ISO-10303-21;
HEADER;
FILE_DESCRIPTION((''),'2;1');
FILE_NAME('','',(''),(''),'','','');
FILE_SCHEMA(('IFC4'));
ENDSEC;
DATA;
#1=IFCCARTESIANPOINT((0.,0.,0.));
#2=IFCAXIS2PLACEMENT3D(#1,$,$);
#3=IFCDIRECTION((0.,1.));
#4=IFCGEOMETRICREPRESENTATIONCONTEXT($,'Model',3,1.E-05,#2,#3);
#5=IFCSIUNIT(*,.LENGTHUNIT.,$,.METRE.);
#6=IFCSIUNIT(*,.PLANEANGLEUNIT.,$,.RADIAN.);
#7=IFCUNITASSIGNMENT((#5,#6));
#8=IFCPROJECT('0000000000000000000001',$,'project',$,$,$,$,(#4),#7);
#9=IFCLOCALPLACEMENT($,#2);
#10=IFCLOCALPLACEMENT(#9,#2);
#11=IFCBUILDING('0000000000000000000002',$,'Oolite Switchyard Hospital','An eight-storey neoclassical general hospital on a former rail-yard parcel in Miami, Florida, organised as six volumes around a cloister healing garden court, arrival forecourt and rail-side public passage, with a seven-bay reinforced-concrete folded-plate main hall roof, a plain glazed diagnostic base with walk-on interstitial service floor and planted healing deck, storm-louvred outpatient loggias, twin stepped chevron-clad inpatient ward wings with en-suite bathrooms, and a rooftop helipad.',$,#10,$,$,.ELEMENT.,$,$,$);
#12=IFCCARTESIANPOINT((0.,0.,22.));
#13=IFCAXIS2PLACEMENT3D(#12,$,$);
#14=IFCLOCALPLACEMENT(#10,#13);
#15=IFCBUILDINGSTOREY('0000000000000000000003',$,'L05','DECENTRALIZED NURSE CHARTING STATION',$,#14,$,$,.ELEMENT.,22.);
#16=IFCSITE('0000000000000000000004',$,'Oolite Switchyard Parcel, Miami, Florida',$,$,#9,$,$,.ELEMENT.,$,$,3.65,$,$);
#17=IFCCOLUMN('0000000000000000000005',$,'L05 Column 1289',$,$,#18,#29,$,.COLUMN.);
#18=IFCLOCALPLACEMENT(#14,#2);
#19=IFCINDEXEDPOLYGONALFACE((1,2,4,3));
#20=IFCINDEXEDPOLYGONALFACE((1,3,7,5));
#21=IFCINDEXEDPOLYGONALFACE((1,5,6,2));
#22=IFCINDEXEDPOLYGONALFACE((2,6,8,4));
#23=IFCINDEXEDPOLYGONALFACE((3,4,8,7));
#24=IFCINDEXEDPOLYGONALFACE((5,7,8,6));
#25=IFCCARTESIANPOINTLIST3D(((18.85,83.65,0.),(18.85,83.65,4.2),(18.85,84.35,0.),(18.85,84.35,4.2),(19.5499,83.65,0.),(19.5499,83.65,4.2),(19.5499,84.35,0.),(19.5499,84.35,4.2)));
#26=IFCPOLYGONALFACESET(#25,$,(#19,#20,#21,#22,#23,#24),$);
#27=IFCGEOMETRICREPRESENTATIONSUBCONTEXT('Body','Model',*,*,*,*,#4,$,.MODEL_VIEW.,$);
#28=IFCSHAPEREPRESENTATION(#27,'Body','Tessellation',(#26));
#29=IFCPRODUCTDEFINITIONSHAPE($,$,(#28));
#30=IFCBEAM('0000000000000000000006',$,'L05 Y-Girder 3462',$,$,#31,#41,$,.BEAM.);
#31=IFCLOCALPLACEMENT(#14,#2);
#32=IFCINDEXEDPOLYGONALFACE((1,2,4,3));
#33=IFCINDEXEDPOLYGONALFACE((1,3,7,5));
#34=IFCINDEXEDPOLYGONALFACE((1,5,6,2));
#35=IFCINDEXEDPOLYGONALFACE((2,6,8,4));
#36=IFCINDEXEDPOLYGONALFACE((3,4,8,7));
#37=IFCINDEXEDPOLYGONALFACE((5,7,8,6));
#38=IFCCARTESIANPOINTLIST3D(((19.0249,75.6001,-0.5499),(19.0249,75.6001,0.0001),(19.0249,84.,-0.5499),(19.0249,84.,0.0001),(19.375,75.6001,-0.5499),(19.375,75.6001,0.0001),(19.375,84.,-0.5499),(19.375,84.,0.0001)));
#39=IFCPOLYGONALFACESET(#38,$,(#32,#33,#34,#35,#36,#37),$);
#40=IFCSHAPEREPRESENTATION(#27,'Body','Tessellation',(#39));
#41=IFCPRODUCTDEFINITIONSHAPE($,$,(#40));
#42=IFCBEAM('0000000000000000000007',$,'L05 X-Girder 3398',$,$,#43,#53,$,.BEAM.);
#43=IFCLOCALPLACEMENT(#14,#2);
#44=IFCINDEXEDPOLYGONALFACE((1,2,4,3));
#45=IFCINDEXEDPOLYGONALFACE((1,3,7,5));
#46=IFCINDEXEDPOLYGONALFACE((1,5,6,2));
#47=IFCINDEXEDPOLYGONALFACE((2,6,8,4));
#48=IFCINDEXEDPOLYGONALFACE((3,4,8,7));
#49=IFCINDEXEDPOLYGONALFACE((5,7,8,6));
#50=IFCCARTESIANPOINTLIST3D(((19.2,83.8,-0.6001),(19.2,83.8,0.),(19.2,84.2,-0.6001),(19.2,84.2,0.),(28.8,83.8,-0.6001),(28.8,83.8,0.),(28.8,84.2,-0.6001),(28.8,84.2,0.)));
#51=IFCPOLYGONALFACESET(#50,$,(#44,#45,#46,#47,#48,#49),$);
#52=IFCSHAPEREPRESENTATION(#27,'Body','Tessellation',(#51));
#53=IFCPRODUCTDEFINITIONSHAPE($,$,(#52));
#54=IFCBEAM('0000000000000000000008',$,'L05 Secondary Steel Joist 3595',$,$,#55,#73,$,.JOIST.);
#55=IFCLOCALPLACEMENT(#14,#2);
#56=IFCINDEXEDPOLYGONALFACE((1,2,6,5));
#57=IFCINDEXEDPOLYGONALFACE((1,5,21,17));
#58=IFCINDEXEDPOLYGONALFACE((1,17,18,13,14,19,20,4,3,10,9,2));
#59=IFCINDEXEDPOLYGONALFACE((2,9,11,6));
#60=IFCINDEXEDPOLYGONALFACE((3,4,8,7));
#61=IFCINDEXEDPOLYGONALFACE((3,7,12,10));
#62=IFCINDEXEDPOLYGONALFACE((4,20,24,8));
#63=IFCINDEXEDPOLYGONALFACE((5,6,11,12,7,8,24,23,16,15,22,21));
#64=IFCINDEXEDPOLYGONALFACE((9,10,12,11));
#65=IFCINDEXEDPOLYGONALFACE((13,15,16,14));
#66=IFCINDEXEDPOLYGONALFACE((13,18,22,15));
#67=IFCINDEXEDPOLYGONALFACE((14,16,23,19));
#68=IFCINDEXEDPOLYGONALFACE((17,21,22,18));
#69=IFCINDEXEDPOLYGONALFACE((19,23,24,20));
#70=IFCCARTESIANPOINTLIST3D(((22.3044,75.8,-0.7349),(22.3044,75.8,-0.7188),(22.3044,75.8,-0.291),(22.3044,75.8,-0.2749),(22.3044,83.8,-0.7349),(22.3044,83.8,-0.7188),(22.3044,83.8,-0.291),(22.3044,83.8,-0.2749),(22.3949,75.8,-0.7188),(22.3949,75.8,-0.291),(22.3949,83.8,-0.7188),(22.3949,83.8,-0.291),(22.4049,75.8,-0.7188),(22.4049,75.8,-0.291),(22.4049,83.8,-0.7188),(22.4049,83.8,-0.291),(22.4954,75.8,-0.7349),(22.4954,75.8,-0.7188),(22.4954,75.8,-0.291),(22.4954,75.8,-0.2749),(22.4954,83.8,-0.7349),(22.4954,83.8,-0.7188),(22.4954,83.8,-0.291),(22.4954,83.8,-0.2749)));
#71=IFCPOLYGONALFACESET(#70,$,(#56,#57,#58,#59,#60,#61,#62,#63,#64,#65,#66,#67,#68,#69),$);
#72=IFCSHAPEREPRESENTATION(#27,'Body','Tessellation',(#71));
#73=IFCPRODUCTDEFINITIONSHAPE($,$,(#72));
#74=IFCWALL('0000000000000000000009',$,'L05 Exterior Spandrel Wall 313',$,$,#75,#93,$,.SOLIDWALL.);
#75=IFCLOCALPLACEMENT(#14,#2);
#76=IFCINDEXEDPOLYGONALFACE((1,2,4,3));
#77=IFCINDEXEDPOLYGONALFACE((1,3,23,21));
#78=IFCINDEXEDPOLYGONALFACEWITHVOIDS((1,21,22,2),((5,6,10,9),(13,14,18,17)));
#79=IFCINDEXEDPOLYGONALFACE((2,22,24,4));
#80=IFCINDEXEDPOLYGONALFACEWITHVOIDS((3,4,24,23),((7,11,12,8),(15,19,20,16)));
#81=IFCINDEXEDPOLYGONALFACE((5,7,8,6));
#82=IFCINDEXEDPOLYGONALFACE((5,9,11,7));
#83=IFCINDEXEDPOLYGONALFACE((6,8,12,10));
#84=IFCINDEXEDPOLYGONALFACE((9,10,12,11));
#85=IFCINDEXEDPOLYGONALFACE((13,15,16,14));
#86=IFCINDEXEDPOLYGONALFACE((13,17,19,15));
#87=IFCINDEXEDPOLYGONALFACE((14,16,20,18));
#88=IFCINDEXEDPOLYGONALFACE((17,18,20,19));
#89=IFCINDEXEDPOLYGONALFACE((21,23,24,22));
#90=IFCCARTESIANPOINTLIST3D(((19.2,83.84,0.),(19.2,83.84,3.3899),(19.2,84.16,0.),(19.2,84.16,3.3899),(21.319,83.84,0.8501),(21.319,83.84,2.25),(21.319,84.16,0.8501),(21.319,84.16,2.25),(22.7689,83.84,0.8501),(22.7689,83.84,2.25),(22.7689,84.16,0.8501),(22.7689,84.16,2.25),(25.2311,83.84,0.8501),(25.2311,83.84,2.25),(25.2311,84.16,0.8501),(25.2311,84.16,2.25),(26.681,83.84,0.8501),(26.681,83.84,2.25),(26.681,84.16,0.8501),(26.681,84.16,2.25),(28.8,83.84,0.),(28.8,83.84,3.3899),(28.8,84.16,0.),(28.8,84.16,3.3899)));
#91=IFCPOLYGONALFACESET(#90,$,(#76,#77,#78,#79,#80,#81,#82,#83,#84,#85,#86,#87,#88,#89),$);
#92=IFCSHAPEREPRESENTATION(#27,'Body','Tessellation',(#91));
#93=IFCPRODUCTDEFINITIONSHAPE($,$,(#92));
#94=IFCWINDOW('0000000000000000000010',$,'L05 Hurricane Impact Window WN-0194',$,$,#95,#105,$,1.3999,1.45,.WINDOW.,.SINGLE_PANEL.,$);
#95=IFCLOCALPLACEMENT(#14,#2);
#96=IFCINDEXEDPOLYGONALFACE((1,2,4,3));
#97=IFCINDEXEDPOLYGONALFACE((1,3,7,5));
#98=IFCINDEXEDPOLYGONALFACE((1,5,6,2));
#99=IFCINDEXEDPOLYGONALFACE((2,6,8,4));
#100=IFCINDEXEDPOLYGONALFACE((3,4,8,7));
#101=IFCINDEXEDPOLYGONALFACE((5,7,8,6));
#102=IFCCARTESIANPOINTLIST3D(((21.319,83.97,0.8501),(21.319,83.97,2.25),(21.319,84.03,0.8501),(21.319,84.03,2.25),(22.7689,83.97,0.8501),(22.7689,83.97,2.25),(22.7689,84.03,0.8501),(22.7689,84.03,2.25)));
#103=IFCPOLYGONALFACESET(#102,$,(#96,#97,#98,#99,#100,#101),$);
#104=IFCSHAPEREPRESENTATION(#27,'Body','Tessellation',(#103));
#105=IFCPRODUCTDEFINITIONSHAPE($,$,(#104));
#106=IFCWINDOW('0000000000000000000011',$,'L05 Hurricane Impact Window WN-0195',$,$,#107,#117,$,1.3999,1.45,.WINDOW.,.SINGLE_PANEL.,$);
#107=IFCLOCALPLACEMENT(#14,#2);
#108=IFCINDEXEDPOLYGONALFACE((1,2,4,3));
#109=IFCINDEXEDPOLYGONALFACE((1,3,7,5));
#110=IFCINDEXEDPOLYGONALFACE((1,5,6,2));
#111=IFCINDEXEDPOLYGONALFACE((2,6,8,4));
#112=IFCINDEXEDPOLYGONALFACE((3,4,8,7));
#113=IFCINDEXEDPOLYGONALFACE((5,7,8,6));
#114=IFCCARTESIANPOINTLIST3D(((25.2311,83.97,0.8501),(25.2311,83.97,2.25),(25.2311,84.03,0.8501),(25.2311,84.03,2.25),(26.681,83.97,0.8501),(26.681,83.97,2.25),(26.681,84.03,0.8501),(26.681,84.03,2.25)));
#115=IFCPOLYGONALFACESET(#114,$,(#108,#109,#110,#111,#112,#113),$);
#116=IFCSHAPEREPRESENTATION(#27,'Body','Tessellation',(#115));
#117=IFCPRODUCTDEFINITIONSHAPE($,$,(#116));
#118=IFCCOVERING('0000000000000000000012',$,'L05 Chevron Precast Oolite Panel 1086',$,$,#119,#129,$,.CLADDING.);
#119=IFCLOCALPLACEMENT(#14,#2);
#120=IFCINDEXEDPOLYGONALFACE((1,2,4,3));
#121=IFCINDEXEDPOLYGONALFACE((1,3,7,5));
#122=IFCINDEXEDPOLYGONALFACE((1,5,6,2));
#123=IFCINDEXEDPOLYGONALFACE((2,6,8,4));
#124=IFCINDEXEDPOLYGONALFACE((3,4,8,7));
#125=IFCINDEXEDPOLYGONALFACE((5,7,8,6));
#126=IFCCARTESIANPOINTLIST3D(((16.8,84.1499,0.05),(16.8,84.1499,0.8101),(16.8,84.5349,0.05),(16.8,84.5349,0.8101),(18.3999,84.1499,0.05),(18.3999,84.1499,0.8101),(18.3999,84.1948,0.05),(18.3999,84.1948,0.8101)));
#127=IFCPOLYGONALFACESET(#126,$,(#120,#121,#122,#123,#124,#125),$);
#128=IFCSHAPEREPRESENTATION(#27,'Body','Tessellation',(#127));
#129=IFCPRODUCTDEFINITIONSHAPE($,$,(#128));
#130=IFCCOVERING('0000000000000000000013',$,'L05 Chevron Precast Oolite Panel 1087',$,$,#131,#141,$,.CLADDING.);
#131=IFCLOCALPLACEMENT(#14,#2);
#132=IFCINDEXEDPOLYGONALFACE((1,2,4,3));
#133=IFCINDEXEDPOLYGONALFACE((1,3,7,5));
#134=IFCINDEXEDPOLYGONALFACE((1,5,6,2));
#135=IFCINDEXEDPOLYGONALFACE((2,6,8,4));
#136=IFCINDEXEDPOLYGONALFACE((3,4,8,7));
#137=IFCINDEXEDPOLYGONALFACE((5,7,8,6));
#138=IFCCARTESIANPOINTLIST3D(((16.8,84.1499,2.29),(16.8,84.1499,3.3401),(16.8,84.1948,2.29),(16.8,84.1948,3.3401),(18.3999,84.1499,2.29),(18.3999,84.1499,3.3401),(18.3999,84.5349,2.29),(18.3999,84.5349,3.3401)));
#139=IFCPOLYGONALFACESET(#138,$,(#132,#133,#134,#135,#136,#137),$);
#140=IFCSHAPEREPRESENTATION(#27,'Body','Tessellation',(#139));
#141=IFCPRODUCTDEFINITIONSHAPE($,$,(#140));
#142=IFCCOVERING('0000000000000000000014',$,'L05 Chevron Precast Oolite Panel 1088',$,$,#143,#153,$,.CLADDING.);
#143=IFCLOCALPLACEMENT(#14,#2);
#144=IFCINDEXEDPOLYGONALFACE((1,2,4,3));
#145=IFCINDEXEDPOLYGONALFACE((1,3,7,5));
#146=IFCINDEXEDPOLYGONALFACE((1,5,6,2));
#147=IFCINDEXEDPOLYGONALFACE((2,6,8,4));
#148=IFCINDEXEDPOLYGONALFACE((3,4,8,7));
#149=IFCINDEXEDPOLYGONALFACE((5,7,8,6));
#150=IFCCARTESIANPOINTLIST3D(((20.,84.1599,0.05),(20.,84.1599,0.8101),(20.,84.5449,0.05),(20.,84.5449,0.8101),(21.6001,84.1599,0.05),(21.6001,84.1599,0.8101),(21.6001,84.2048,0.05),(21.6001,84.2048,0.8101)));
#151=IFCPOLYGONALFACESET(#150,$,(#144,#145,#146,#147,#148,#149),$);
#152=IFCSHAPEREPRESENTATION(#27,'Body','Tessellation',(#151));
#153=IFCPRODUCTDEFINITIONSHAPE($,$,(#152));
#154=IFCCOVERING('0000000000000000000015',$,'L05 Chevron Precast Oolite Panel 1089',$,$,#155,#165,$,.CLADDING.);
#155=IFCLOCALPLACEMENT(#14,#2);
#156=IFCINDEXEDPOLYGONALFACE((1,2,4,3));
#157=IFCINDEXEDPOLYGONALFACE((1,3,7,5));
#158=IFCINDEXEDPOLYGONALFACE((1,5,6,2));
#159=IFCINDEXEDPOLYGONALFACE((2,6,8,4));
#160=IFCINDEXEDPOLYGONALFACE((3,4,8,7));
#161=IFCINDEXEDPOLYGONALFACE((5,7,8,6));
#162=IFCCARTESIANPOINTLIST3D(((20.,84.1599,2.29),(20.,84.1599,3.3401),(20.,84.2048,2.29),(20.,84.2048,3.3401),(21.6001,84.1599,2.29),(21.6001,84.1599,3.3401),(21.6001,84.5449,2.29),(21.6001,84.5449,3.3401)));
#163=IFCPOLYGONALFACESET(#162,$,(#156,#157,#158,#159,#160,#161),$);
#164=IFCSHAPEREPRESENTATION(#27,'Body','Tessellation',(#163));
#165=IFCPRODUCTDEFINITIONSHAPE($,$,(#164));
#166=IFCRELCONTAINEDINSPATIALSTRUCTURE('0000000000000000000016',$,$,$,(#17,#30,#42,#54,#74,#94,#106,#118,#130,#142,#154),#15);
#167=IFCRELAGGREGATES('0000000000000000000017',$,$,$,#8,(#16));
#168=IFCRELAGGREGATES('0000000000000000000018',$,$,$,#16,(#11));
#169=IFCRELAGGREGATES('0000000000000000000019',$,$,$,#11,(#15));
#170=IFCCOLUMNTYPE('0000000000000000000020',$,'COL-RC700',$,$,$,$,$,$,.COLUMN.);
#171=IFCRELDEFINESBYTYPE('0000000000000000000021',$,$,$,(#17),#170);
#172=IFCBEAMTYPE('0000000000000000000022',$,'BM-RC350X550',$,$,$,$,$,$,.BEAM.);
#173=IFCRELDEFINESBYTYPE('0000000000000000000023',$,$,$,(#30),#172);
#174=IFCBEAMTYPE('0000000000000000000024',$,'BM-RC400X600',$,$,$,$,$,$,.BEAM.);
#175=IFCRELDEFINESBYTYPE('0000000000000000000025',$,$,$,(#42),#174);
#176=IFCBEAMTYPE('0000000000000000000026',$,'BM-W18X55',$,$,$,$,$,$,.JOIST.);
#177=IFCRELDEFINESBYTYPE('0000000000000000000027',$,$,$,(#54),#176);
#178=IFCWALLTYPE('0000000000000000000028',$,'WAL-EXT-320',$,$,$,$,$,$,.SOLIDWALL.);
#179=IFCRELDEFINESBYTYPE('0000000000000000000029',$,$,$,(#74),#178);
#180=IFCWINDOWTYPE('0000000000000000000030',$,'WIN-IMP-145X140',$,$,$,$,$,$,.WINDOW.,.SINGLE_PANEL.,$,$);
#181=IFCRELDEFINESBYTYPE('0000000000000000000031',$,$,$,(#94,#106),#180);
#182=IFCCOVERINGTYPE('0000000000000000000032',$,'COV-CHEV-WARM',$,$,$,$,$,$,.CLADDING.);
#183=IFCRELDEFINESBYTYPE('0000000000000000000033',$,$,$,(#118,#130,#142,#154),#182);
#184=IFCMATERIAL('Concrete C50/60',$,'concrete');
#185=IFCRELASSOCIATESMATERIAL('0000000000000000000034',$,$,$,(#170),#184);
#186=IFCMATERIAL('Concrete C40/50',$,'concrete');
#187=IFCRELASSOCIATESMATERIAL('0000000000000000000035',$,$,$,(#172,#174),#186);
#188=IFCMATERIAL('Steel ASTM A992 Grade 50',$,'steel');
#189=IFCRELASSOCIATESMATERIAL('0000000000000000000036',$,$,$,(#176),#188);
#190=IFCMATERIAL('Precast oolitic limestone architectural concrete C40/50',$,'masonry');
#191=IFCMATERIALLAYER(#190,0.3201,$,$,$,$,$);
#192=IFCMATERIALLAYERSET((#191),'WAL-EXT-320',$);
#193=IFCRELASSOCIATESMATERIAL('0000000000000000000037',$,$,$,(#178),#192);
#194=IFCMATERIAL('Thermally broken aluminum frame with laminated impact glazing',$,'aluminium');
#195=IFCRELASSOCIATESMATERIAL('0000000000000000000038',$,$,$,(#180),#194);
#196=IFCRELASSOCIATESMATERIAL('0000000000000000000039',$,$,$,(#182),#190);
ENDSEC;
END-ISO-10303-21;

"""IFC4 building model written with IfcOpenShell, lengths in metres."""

from ifc_helpers import new_model, si_unit, direction, frame, frame_2d, origin, origin_2d, place, context, subcontext, project, spatial, polyline, rectangle, i_section, outline, extrude, material, layer, layer_set, material_profile, profile_set, type_object, element, fill, save


model = new_model("IFC4")

# Units and contexts
model_context = context("Model", 3, precision=1e-05, world=origin(), true_north=direction((0.0, 1.0)))
body_context = subcontext(model_context, "Body", "Model", "MODEL_VIEW")
ifc_project = project(units=[si_unit("LENGTHUNIT", "METRE"), si_unit("PLANEANGLEUNIT", "RADIAN")], contexts=[model_context])

# Site, building, storey
site_placement = place(None, origin())
site = spatial("IfcSite", under=ifc_project, at=site_placement, Name="Oolite Switchyard Parcel, Miami, Florida", CompositionType="ELEMENT", RefElevation=3.65)
building_placement = place(site_placement, origin())
building = spatial("IfcBuilding", under=site, at=building_placement, Name="Oolite Switchyard Hospital", Description="An eight-storey neoclassical general hospital on a former rail-yard parcel in Miami, Florida, organised as six volumes around a cloister healing garden court, arrival forecourt and rail-side public passage, with a seven-bay reinforced-concrete folded-plate main hall roof, a plain glazed diagnostic base with walk-on interstitial service floor and planted healing deck, storm-louvred outpatient loggias, twin stepped chevron-clad inpatient ward wings with en-suite bathrooms, and a rooftop helipad.", CompositionType="ELEMENT")
storey_placement = place(building_placement, frame((0.0, 0.0, 22.0)))
storey = spatial("IfcBuildingStorey", under=building, at=storey_placement, Name="L05", Description="DECENTRALIZED NURSE CHARTING STATION", CompositionType="ELEMENT", Elevation=22.0)

# Column
ifc_material_1 = material(Name="Concrete C50/60", Category="concrete")
ifc_material_profile_1 = material_profile(ifc_material_1, rectangle(XDim=0.7, YDim=0.7, at=origin_2d()), Name="RC700X700")
ifc_profile_set_1 = profile_set([ifc_material_profile_1], Name="Concrete C50/60")
column_type = type_object("IfcColumnType", Name="COL-RC700", PredefinedType="COLUMN", material=ifc_profile_set_1)
column_placement = place(storey_placement, frame((19.2, 84.0, 0.0), z_axis=(0.0, 0.0, 1.0), x_axis=(1.0, 0.0, 0.0)))
element("IfcColumn", 1, at=column_placement, inside=storey, type_object=column_type, Name="L05 Column 1289", PredefinedType="COLUMN", context=body_context, shape_type="SweptSolid", body=[
    extrude(rectangle(XDim=0.7, YDim=0.7, at=origin_2d()), origin(), (0.0, 0.0, 1.0), 4.2),
])

# Beams
ifc_material_2 = material(Name="Concrete C40/50", Category="concrete")
ifc_material_profile_2 = material_profile(ifc_material_2, rectangle(XDim=0.3501, YDim=0.55, at=origin_2d()), Name="RCB350X550")
ifc_profile_set_2 = profile_set([ifc_material_profile_2], Name="Concrete C40/50")
beam_type_1 = type_object("IfcBeamType", Name="BM-RC350X550", PredefinedType="BEAM", material=ifc_profile_set_2)
beam_1_placement = place(storey_placement, frame((19.2, 75.6001, -0.2749), z_axis=(0.0, 1.0, 0.0), x_axis=(-1.0, 0.0, 0.0)))
element("IfcBeam", 2, at=beam_1_placement, inside=storey, type_object=beam_type_1, Name="L05 Y-Girder 3462", PredefinedType="BEAM", context=body_context, shape_type="SweptSolid", body=[
    extrude(rectangle(XDim=0.3501, YDim=0.55, at=origin_2d()), origin(), (0.0, 0.0, 1.0), 8.3999),
])
ifc_material_profile_3 = material_profile(ifc_material_2, rectangle(XDim=0.3999, YDim=0.6001, at=origin_2d()), Name="RCB400X600")
ifc_profile_set_3 = profile_set([ifc_material_profile_3], Name="Concrete C40/50")
beam_type_2 = type_object("IfcBeamType", Name="BM-RC400X600", PredefinedType="BEAM", material=ifc_profile_set_3)
beam_2_placement = place(storey_placement, frame((19.2, 84.0, -0.3), z_axis=(1.0, 0.0, 0.0), x_axis=(0.0, 1.0, 0.0)))
element("IfcBeam", 3, at=beam_2_placement, inside=storey, type_object=beam_type_2, Name="L05 X-Girder 3398", PredefinedType="BEAM", context=body_context, shape_type="SweptSolid", body=[
    extrude(rectangle(XDim=0.3999, YDim=0.6001, at=origin_2d()), origin(), (0.0, 0.0, 1.0), 9.6001),
])
ifc_material_3 = material(Name="Steel ASTM A992 Grade 50", Category="steel")
ifc_material_profile_4 = material_profile(ifc_material_3, i_section(OverallWidth=0.1909, OverallDepth=0.46, WebThickness=0.01, FlangeThickness=0.0161, at=origin_2d()), Name="W18X55")
ifc_profile_set_4 = profile_set([ifc_material_profile_4], Name="Steel ASTM A992 Grade 50")
beam_type_3 = type_object("IfcBeamType", Name="BM-W18X55", PredefinedType="JOIST", material=ifc_profile_set_4)
beam_3_placement = place(storey_placement, frame((22.3999, 75.8, -0.5049), z_axis=(0.0, 1.0, 0.0), x_axis=(-1.0, 0.0, 0.0)))
element("IfcBeam", 4, at=beam_3_placement, inside=storey, type_object=beam_type_3, Name="L05 Secondary Steel Joist 3595", PredefinedType="JOIST", context=body_context, shape_type="SweptSolid", body=[
    extrude(i_section(OverallWidth=0.1909, OverallDepth=0.46, WebThickness=0.01, FlangeThickness=0.0161, at=origin_2d()), origin(), (0.0, 0.0, 1.0), 8.0),
])

# Wall, openings, windows
ifc_material_4 = material(Name="Precast oolitic limestone architectural concrete C40/50", Category="masonry")
ifc_layer = layer(ifc_material_4, 0.3201)
ifc_layer_set = layer_set([ifc_layer], Name="WAL-EXT-320")
wall_type = type_object("IfcWallType", Name="WAL-EXT-320", PredefinedType="SOLIDWALL", material=ifc_layer_set)
wall_placement = place(storey_placement, frame((19.2, 84.0, 0.0), z_axis=(0.0, 0.0, 1.0), x_axis=(1.0, 0.0, 0.0)))
wall = element("IfcWall", 5, at=wall_placement, inside=storey, type_object=wall_type, Name="L05 Exterior Spandrel Wall 313", PredefinedType="SOLIDWALL", context=body_context, shape_type="SweptSolid", body=[
    extrude(rectangle(XDim=9.6001, YDim=0.3201, at=frame_2d((4.8, 0.0))), origin(), (0.0, 0.0, 1.0), 3.3899),
])
opening_1_placement = place(wall_placement, frame((2.1189, 0.0, 0.8501)))
opening_1 = element("IfcOpeningElement", 6, at=opening_1_placement, cuts=wall, PredefinedType="OPENING", context=body_context, shape_type="SweptSolid", body=[
    extrude(rectangle(XDim=1.45, YDim=1.3999, at=frame_2d((0.7251, 0.7))), frame((0.0, 0.1699, 0.0), z_axis=(0.0, -1.0, 0.0), x_axis=(1.0, 0.0, 0.0)), (0.0, 0.0, 1.0), 0.3401),
])
opening_2_placement = place(wall_placement, frame((6.031, 0.0, 0.8501)))
opening_2 = element("IfcOpeningElement", 7, at=opening_2_placement, cuts=wall, PredefinedType="OPENING", context=body_context, shape_type="SweptSolid", body=[
    extrude(rectangle(XDim=1.45, YDim=1.3999, at=frame_2d((0.7251, 0.7))), frame((0.0, 0.1699, 0.0), z_axis=(0.0, -1.0, 0.0), x_axis=(1.0, 0.0, 0.0)), (0.0, 0.0, 1.0), 0.3401),
])
ifc_material_5 = material(Name="Thermally broken aluminum frame with laminated impact glazing", Category="aluminium")
window_type = type_object("IfcWindowType", Name="WIN-IMP-145X140", PartitioningType="SINGLE_PANEL", PredefinedType="WINDOW", material=ifc_material_5)
window_1_placement = place(opening_1_placement, origin())
window_1 = element("IfcWindow", 8, at=window_1_placement, inside=storey, type_object=window_type, Name="L05 Hurricane Impact Window WN-0194", OverallHeight=1.3999, OverallWidth=1.45, PartitioningType="SINGLE_PANEL", PredefinedType="WINDOW", context=body_context, shape_type="SweptSolid", body=[
    extrude(rectangle(XDim=1.45, YDim=1.3999, at=frame_2d((0.7251, 0.7))), frame((0.0, 0.03, 0.0), z_axis=(0.0, -1.0, 0.0), x_axis=(1.0, 0.0, 0.0)), (0.0, 0.0, 1.0), 0.0601),
])
fill(opening_1, window_1)
window_2_placement = place(opening_2_placement, origin())
window_2 = element("IfcWindow", 9, at=window_2_placement, inside=storey, type_object=window_type, Name="L05 Hurricane Impact Window WN-0195", OverallHeight=1.3999, OverallWidth=1.45, PartitioningType="SINGLE_PANEL", PredefinedType="WINDOW", context=body_context, shape_type="SweptSolid", body=[
    extrude(rectangle(XDim=1.45, YDim=1.3999, at=frame_2d((0.7251, 0.7))), frame((0.0, 0.03, 0.0), z_axis=(0.0, -1.0, 0.0), x_axis=(1.0, 0.0, 0.0)), (0.0, 0.0, 1.0), 0.0601),
])
fill(opening_2, window_2)

# Coverings
covering_type = type_object("IfcCoveringType", Name="COV-CHEV-WARM", PredefinedType="CLADDING", material=ifc_material_4)
covering_1_placement = place(storey_placement, frame((16.8, 84.1499, 0.05), z_axis=(0.0, 0.0, 1.0), x_axis=(1.0, 0.0, 0.0)))
element("IfcCovering", 10, at=covering_1_placement, inside=storey, type_object=covering_type, Name="L05 Chevron Precast Oolite Panel 1086", PredefinedType="CLADDING", context=body_context, shape_type="SweptSolid", body=[
    extrude(outline(polyline([(0.0, 0.0), (1.5999, 0.0), (1.5999, 0.0449), (0.0, 0.385), (0.0, 0.0)])), origin(), (0.0, 0.0, 1.0), 0.76),
])
covering_2_placement = place(storey_placement, frame((16.8, 84.1499, 2.29), z_axis=(0.0, 0.0, 1.0), x_axis=(1.0, 0.0, 0.0)))
element("IfcCovering", 11, at=covering_2_placement, inside=storey, type_object=covering_type, Name="L05 Chevron Precast Oolite Panel 1087", PredefinedType="CLADDING", context=body_context, shape_type="SweptSolid", body=[
    extrude(outline(polyline([(0.0, 0.0), (1.5999, 0.0), (1.5999, 0.385), (0.0, 0.0449), (0.0, 0.0)])), origin(), (0.0, 0.0, 1.0), 1.05),
])
covering_3_placement = place(storey_placement, frame((20.0, 84.1599, 0.05), z_axis=(0.0, 0.0, 1.0), x_axis=(1.0, 0.0, 0.0)))
element("IfcCovering", 12, at=covering_3_placement, inside=storey, type_object=covering_type, Name="L05 Chevron Precast Oolite Panel 1088", PredefinedType="CLADDING", context=body_context, shape_type="SweptSolid", body=[
    extrude(outline(polyline([(0.0, 0.0), (1.6001, 0.0), (1.6001, 0.0449), (0.0, 0.385), (0.0, 0.0)])), origin(), (0.0, 0.0, 1.0), 0.76),
])
covering_4_placement = place(storey_placement, frame((20.0, 84.1599, 2.29), z_axis=(0.0, 0.0, 1.0), x_axis=(1.0, 0.0, 0.0)))
element("IfcCovering", 13, at=covering_4_placement, inside=storey, type_object=covering_type, Name="L05 Chevron Precast Oolite Panel 1089", PredefinedType="CLADDING", context=body_context, shape_type="SweptSolid", body=[
    extrude(outline(polyline([(0.0, 0.0), (1.6001, 0.0), (1.6001, 0.385), (0.0, 0.0449), (0.0, 0.0)])), origin(), (0.0, 0.0, 1.0), 1.05),
])

save(model, "model.ifc")
